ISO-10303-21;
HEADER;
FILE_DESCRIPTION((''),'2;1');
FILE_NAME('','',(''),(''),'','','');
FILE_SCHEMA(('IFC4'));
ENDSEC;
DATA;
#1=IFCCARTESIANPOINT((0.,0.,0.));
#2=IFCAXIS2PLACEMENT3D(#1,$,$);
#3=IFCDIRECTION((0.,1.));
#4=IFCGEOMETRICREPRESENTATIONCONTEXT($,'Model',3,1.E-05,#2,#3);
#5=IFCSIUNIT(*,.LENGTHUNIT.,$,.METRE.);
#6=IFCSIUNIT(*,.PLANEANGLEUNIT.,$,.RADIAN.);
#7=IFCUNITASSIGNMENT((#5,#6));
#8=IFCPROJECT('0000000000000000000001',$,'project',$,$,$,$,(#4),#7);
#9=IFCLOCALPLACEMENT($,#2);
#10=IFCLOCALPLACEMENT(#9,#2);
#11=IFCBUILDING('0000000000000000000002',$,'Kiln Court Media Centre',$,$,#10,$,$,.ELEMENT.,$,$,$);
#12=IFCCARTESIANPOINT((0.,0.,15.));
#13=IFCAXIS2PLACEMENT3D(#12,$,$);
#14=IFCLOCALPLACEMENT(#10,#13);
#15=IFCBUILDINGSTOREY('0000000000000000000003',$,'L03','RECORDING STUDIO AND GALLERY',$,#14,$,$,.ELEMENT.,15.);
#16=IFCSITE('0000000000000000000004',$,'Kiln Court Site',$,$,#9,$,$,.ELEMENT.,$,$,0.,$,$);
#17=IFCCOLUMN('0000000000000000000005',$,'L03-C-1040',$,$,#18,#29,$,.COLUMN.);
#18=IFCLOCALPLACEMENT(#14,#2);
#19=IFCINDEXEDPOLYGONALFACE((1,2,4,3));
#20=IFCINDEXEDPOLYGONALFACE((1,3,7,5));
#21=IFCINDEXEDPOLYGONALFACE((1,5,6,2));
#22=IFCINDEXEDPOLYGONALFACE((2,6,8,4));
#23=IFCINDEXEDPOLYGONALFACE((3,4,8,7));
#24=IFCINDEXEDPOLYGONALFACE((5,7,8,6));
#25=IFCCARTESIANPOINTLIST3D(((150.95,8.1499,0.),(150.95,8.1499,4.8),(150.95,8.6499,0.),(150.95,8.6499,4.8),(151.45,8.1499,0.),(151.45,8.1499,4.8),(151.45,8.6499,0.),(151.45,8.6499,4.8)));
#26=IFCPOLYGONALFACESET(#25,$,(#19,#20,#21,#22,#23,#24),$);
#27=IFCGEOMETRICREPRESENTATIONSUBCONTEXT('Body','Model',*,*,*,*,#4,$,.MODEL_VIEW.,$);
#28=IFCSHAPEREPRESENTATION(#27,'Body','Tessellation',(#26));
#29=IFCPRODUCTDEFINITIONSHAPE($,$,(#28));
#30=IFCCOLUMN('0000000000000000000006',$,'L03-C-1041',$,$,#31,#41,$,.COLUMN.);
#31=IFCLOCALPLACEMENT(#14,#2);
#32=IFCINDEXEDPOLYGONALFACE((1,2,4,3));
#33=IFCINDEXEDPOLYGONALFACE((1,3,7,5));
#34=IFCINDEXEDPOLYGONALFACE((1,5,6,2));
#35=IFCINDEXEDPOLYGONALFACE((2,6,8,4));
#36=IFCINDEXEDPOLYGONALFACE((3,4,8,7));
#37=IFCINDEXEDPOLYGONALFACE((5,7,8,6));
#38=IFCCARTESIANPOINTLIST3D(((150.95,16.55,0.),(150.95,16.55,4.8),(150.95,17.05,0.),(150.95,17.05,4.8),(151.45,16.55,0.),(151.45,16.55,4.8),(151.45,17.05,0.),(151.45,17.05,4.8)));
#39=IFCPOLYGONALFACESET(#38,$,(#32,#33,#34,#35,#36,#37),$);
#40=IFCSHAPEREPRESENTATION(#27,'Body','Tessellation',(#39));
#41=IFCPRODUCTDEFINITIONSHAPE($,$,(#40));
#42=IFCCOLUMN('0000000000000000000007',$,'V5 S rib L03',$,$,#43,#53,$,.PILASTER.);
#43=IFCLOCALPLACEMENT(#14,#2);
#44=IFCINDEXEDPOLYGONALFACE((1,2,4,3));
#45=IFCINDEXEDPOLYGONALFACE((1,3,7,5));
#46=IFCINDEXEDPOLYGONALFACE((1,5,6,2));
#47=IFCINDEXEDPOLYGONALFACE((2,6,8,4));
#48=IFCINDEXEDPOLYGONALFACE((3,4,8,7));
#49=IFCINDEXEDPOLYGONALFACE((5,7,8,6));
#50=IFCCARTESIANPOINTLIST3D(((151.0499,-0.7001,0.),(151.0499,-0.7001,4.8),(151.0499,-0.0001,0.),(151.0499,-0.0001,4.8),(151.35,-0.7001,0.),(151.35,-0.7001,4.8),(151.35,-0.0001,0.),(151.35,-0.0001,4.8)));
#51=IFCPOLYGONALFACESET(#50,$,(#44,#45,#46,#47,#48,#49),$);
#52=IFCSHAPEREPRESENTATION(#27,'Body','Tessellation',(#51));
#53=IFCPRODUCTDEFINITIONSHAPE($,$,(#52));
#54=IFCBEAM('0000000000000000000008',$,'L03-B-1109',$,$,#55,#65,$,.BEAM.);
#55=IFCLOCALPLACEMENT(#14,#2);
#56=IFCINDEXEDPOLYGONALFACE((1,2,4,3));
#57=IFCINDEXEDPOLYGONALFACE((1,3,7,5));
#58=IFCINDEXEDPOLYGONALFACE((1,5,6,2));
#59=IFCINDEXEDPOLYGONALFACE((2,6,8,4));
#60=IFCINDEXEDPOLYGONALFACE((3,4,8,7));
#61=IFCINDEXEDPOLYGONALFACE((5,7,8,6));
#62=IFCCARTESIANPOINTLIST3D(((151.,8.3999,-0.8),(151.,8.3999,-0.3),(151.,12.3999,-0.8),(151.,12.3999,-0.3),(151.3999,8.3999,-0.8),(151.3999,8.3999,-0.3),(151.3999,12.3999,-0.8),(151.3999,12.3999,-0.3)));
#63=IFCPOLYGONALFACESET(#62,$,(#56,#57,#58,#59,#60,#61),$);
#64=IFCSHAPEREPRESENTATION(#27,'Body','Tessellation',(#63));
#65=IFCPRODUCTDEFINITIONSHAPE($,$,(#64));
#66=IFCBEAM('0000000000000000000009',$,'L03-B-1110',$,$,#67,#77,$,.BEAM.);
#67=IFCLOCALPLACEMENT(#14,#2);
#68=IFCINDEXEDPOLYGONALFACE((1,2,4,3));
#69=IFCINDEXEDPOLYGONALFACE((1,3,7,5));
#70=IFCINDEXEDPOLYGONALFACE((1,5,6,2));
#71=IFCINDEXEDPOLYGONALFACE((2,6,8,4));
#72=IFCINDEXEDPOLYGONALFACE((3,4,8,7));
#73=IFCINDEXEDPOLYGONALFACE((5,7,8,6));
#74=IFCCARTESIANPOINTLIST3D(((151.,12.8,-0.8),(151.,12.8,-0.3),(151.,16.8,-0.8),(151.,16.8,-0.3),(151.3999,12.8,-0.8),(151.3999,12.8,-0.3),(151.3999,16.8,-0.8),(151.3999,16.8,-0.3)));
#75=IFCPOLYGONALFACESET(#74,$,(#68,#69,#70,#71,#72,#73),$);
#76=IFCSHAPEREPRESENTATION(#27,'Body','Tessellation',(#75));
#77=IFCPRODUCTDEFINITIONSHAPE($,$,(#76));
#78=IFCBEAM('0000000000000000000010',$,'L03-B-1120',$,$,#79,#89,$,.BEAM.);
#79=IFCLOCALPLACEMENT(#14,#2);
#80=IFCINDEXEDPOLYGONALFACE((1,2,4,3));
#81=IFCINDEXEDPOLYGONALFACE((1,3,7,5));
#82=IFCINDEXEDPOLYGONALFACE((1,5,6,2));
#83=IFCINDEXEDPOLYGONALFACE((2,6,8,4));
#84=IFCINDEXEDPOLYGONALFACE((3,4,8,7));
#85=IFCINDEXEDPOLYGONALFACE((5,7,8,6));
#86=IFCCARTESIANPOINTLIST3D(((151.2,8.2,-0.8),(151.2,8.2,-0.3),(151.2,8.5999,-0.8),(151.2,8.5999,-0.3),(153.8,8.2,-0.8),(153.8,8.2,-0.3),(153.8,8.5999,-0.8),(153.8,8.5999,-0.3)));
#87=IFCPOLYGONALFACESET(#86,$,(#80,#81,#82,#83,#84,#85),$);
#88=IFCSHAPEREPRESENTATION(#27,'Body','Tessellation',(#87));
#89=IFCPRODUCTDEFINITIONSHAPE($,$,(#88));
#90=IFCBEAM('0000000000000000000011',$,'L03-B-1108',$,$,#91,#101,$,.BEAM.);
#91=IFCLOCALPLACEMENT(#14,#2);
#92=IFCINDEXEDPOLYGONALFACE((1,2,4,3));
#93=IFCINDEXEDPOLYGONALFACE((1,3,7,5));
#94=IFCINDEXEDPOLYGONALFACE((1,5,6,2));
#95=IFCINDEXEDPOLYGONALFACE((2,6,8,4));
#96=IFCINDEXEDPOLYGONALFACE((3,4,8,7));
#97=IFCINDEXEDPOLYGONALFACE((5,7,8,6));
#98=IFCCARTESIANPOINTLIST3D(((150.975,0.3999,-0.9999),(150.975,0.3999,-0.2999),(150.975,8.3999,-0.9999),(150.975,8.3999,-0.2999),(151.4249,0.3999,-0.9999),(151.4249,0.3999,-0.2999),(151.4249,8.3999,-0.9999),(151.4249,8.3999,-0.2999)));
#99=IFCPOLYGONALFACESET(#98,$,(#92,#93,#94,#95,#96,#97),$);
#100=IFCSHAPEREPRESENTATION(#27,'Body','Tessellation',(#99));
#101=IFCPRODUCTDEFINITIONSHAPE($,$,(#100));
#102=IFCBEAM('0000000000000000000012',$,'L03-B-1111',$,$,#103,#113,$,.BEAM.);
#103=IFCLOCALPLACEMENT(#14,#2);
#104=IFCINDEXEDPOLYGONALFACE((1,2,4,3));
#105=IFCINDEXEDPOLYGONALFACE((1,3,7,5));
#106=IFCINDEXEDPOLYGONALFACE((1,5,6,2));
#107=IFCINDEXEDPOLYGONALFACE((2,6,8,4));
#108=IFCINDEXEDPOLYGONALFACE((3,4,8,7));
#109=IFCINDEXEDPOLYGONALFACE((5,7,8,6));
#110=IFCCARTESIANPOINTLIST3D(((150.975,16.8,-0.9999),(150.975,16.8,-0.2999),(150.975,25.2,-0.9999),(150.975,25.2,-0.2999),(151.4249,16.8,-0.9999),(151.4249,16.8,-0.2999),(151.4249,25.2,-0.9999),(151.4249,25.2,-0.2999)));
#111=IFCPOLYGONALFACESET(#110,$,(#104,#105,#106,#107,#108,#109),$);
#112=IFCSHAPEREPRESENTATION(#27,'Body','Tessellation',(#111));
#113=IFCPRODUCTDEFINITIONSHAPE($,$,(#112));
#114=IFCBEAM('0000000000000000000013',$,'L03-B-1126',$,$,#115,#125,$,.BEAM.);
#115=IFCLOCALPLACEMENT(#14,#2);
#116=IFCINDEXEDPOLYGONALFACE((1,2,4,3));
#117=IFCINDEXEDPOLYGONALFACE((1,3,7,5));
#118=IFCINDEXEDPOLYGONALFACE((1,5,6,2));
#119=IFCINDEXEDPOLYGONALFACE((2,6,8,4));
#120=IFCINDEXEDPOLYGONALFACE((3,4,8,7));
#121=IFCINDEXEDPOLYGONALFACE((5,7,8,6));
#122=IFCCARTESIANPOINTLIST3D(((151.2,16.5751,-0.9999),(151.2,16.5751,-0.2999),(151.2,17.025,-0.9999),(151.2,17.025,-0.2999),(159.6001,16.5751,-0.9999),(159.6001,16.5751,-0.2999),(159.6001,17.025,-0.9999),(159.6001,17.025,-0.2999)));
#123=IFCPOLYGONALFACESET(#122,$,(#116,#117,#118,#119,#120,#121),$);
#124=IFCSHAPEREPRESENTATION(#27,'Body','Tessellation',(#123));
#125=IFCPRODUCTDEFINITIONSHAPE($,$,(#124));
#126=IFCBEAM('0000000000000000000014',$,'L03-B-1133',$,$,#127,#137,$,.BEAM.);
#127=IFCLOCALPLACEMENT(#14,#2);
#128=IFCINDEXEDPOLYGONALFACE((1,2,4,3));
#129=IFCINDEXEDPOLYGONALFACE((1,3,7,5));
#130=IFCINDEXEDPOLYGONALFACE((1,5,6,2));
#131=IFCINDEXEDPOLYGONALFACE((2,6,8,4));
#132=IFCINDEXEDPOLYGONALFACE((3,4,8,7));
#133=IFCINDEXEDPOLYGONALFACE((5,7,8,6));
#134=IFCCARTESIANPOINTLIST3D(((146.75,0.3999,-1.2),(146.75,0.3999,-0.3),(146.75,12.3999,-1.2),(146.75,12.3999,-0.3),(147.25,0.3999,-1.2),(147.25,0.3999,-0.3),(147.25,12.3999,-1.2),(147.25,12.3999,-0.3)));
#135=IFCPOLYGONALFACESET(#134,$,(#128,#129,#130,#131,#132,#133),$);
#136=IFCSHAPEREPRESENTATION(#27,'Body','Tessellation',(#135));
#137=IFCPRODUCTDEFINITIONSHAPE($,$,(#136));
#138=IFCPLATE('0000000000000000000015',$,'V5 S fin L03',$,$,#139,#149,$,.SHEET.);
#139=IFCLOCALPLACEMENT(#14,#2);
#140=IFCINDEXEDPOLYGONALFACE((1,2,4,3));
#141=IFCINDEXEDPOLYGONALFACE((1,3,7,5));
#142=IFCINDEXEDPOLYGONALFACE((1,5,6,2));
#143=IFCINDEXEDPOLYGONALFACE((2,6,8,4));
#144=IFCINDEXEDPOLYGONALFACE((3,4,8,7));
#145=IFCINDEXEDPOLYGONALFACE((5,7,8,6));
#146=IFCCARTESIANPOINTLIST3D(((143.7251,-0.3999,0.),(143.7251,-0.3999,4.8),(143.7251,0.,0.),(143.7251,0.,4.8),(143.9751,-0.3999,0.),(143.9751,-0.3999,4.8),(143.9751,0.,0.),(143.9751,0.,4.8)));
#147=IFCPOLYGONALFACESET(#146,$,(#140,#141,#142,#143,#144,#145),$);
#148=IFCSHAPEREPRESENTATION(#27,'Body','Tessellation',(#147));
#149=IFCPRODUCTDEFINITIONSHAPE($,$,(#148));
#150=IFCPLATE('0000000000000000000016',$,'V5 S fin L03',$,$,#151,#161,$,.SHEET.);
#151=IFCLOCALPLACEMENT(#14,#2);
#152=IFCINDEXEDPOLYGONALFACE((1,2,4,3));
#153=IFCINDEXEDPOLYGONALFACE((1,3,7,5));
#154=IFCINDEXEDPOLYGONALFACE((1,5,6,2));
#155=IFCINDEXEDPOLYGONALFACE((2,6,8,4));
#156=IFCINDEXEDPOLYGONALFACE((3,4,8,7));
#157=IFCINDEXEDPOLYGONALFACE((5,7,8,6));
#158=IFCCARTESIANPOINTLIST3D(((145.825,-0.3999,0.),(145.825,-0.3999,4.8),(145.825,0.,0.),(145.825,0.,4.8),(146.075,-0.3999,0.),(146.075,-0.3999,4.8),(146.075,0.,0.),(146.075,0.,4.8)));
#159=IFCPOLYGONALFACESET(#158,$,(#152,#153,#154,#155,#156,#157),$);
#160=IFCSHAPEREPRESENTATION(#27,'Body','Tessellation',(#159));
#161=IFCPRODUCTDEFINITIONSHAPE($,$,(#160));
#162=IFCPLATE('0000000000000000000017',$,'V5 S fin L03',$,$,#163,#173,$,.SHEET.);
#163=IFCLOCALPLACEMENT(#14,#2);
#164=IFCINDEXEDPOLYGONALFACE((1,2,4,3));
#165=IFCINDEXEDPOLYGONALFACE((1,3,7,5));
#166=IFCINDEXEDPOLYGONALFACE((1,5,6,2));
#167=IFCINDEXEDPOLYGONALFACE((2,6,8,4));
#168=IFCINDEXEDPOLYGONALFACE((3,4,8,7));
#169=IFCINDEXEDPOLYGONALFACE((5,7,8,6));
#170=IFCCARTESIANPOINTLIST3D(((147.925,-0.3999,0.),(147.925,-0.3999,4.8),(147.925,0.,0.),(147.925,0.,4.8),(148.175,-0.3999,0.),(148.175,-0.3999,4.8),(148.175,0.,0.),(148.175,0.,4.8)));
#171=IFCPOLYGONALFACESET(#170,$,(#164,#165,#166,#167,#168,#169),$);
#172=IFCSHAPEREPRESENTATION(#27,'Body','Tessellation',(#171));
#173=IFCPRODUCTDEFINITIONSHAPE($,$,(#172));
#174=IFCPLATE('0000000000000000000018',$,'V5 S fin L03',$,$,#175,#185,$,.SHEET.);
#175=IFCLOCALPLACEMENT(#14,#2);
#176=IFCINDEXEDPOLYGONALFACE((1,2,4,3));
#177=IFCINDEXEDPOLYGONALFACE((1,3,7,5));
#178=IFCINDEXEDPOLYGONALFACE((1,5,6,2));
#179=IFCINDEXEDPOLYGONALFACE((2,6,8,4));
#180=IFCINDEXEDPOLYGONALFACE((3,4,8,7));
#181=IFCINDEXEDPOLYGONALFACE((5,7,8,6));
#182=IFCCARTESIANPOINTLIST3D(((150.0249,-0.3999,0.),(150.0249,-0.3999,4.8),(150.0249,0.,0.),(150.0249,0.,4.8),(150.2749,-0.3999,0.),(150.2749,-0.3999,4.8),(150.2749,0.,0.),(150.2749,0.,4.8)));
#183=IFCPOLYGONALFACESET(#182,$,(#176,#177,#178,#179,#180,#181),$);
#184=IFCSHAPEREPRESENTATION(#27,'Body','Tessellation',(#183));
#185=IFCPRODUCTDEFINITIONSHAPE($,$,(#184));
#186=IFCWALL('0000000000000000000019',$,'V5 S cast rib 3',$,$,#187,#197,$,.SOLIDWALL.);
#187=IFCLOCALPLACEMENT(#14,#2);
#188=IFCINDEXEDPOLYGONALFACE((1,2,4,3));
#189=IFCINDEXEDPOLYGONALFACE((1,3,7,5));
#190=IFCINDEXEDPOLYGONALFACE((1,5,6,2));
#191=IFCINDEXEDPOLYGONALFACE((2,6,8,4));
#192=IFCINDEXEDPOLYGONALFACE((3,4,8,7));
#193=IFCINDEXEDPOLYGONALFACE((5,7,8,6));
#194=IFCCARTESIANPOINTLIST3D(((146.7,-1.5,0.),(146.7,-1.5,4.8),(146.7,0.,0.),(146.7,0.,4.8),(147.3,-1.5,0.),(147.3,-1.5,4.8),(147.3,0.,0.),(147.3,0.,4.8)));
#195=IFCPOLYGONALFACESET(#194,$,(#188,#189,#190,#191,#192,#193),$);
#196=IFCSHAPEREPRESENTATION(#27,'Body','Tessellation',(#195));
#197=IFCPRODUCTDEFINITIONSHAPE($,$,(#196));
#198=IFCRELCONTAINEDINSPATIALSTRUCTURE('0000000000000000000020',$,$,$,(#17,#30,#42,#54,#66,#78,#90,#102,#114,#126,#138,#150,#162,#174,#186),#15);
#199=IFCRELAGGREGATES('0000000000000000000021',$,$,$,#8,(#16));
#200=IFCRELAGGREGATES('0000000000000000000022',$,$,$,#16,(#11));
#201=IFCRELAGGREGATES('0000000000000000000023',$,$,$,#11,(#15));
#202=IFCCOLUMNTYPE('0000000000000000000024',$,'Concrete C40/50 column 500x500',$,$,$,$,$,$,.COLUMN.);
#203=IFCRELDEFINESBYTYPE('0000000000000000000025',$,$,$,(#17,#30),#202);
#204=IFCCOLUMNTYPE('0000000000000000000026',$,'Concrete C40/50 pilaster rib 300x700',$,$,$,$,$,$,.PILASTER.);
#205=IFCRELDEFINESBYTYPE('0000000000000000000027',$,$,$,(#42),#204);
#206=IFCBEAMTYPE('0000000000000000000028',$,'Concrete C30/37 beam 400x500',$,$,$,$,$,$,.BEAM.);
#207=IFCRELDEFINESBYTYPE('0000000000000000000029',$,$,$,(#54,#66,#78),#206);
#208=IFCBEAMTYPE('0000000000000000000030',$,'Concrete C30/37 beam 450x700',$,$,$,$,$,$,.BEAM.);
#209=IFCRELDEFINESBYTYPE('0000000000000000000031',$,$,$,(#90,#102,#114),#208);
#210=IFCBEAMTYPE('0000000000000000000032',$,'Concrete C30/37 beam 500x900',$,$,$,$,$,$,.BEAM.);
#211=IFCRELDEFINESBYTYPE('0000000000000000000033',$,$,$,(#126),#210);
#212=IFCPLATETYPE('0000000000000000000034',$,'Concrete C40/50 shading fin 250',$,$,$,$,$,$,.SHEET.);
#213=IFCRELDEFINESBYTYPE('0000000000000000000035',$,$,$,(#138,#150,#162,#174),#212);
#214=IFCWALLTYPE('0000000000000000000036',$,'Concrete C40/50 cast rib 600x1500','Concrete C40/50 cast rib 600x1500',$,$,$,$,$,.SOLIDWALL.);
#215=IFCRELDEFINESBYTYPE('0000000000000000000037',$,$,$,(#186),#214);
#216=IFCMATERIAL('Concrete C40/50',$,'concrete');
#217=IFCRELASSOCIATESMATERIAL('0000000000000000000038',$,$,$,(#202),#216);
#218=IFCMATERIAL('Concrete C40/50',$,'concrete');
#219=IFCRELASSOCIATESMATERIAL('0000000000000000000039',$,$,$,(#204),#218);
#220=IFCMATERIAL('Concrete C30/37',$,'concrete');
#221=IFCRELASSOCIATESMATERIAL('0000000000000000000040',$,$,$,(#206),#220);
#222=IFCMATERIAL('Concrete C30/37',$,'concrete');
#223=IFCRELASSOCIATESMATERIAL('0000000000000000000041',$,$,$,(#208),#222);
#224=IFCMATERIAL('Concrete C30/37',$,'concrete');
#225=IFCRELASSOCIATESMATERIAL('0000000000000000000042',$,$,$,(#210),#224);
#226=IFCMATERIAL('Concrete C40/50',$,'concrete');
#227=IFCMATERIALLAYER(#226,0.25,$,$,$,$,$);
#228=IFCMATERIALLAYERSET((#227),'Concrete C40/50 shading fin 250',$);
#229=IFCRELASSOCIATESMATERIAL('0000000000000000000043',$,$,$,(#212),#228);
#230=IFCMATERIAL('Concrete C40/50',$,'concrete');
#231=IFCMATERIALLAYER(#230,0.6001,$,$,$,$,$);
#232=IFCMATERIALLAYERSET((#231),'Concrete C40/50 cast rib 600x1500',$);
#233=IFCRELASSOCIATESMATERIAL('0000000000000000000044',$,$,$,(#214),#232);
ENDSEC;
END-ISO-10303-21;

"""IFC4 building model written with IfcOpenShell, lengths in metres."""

from ifc_helpers import new_model, si_unit, direction, frame, frame_2d, origin, origin_2d, place, context, subcontext, project, spatial, rectangle, extrude, material, layer, layer_set, material_profile, profile_set, type_object, element, save


model = new_model("IFC4")

# Units and contexts
model_context = context("Model", 3, precision=1e-05, world=origin(), true_north=direction((0.0, 1.0)))
body_context = subcontext(model_context, "Body", "Model", "MODEL_VIEW")
ifc_project = project(units=[si_unit("LENGTHUNIT", "METRE"), si_unit("PLANEANGLEUNIT", "RADIAN")], contexts=[model_context])

# Site, building, storey
site_placement = place(None, origin())
site = spatial("IfcSite", under=ifc_project, at=site_placement, Name="Kiln Court Site", CompositionType="ELEMENT", RefElevation=0.0)
building_placement = place(site_placement, origin())
building = spatial("IfcBuilding", under=site, at=building_placement, Name="Kiln Court Media Centre", CompositionType="ELEMENT")
storey_placement = place(building_placement, frame((0.0, 0.0, 15.0)))
storey = spatial("IfcBuildingStorey", under=building, at=storey_placement, Name="L03", Description="RECORDING STUDIO AND GALLERY", CompositionType="ELEMENT", Elevation=15.0)

# Columns
ifc_material_1 = material(Name="Concrete C40/50", Category="concrete")
ifc_material_profile_1 = material_profile(ifc_material_1, rectangle(XDim=0.5, YDim=0.5, at=origin_2d()), Name="RC 500x500")
ifc_profile_set_1 = profile_set([ifc_material_profile_1], Name="Concrete C40/50")
column_type_1 = type_object("IfcColumnType", Name="Concrete C40/50 column 500x500", PredefinedType="COLUMN", material=ifc_profile_set_1)
for number, where, z_axis, x_axis, name in (
    (1, (151.2, 8.3999, 0.0), (0.0, 0.0, 1.0), (1.0, 0.0, 0.0), "L03-C-1040"),
    (2, (151.2, 16.8, 0.0), (0.0, 0.0, 1.0), (1.0, 0.0, 0.0), "L03-C-1041"),
):
    element("IfcColumn", number, at=place(storey_placement, frame(where, z_axis=z_axis, x_axis=x_axis)), inside=storey, type_object=column_type_1, Name=name, PredefinedType="COLUMN", context=body_context, shape_type="SweptSolid", body=[
        extrude(rectangle(XDim=0.5, YDim=0.5, at=origin_2d()), origin(), (0.0, 0.0, 1.0), 4.8),
    ])
ifc_material_2 = material(Name="Concrete C40/50", Category="concrete")
ifc_material_profile_2 = material_profile(ifc_material_2, rectangle(XDim=0.3, YDim=0.7, at=origin_2d()), Name="RC 300x700")
ifc_profile_set_2 = profile_set([ifc_material_profile_2], Name="Concrete C40/50")
column_type_2 = type_object("IfcColumnType", Name="Concrete C40/50 pilaster rib 300x700", PredefinedType="PILASTER", material=ifc_profile_set_2)
column_placement = place(storey_placement, frame((151.2, -0.3501, 0.0), z_axis=(0.0, 0.0, 1.0), x_axis=(1.0, 0.0, 0.0)))
element("IfcColumn", 3, at=column_placement, inside=storey, type_object=column_type_2, Name="V5 S rib L03", PredefinedType="PILASTER", context=body_context, shape_type="SweptSolid", body=[
    extrude(rectangle(XDim=0.3, YDim=0.7, at=origin_2d()), origin(), (0.0, 0.0, 1.0), 4.8),
])

# Beams
ifc_material_3 = material(Name="Concrete C30/37", Category="concrete")
ifc_material_profile_3 = material_profile(ifc_material_3, rectangle(XDim=0.3999, YDim=0.5, at=origin_2d()), Name="RC 400x500")
ifc_profile_set_3 = profile_set([ifc_material_profile_3], Name="Concrete C30/37")
beam_type_1 = type_object("IfcBeamType", Name="Concrete C30/37 beam 400x500", PredefinedType="BEAM", material=ifc_profile_set_3)
for number, where, z_axis, x_axis, name in (
    (4, (151.2, 8.3999, -0.55), (0.0, 1.0, 0.0), (-1.0, 0.0, 0.0), "L03-B-1109"),
    (5, (151.2, 12.8, -0.55), (0.0, 1.0, 0.0), (-1.0, 0.0, 0.0), "L03-B-1110"),
):
    element("IfcBeam", number, at=place(storey_placement, frame(where, z_axis=z_axis, x_axis=x_axis)), inside=storey, type_object=beam_type_1, Name=name, PredefinedType="BEAM", context=body_context, shape_type="SweptSolid", body=[
        extrude(rectangle(XDim=0.3999, YDim=0.5, at=origin_2d()), origin(), (0.0, 0.0, 1.0), 4.0),
    ])
beam_1_placement = place(storey_placement, frame((151.2, 8.3999, -0.55), z_axis=(1.0, 0.0, 0.0), x_axis=(0.0, 1.0, 0.0)))
element("IfcBeam", 6, at=beam_1_placement, inside=storey, type_object=beam_type_1, Name="L03-B-1120", PredefinedType="BEAM", context=body_context, shape_type="SweptSolid", body=[
    extrude(rectangle(XDim=0.3999, YDim=0.5, at=origin_2d()), origin(), (0.0, 0.0, 1.0), 2.6001),
])
ifc_material_4 = material(Name="Concrete C30/37", Category="concrete")
ifc_material_profile_4 = material_profile(ifc_material_4, rectangle(XDim=0.45, YDim=0.7, at=origin_2d()), Name="RC 450x700")
ifc_profile_set_4 = profile_set([ifc_material_profile_4], Name="Concrete C30/37")
beam_type_2 = type_object("IfcBeamType", Name="Concrete C30/37 beam 450x700", PredefinedType="BEAM", material=ifc_profile_set_4)
beam_2_placement = place(storey_placement, frame((151.2, 0.3999, -0.6499), z_axis=(0.0, 1.0, 0.0), x_axis=(-1.0, 0.0, 0.0)))
element("IfcBeam", 7, at=beam_2_placement, inside=storey, type_object=beam_type_2, Name="L03-B-1108", PredefinedType="BEAM", context=body_context, shape_type="SweptSolid", body=[
    extrude(rectangle(XDim=0.45, YDim=0.7, at=origin_2d()), origin(), (0.0, 0.0, 1.0), 8.0),
])
beam_3_placement = place(storey_placement, frame((151.2, 16.8, -0.6499), z_axis=(0.0, 1.0, 0.0), x_axis=(-1.0, 0.0, 0.0)))
element("IfcBeam", 8, at=beam_3_placement, inside=storey, type_object=beam_type_2, Name="L03-B-1111", PredefinedType="BEAM", context=body_context, shape_type="SweptSolid", body=[
    extrude(rectangle(XDim=0.45, YDim=0.7, at=origin_2d()), origin(), (0.0, 0.0, 1.0), 8.3999),
])
beam_4_placement = place(storey_placement, frame((151.2, 16.8, -0.6499), z_axis=(1.0, 0.0, 0.0), x_axis=(0.0, 1.0, 0.0)))
element("IfcBeam", 9, at=beam_4_placement, inside=storey, type_object=beam_type_2, Name="L03-B-1126", PredefinedType="BEAM", context=body_context, shape_type="SweptSolid", body=[
    extrude(rectangle(XDim=0.45, YDim=0.7, at=origin_2d()), origin(), (0.0, 0.0, 1.0), 8.4001),
])
ifc_material_5 = material(Name="Concrete C30/37", Category="concrete")
ifc_material_profile_5 = material_profile(ifc_material_5, rectangle(XDim=0.5, YDim=0.8999, at=origin_2d()), Name="RC 500x900")
ifc_profile_set_5 = profile_set([ifc_material_profile_5], Name="Concrete C30/37")
beam_type_3 = type_object("IfcBeamType", Name="Concrete C30/37 beam 500x900", PredefinedType="BEAM", material=ifc_profile_set_5)
beam_5_placement = place(storey_placement, frame((147.0, 12.3999, -0.75), z_axis=(0.0, -1.0, 0.0), x_axis=(1.0, 0.0, 0.0)))
element("IfcBeam", 10, at=beam_5_placement, inside=storey, type_object=beam_type_3, Name="L03-B-1133", PredefinedType="BEAM", context=body_context, shape_type="SweptSolid", body=[
    extrude(rectangle(XDim=0.5, YDim=0.8999, at=origin_2d()), origin(), (0.0, 0.0, 1.0), 12.0),
])

# Plates
ifc_material_6 = material(Name="Concrete C40/50", Category="concrete")
ifc_layer_1 = layer(ifc_material_6, 0.25)
ifc_layer_set_1 = layer_set([ifc_layer_1], Name="Concrete C40/50 shading fin 250")
plate_type = type_object("IfcPlateType", Name="Concrete C40/50 shading fin 250", PredefinedType="SHEET", material=ifc_layer_set_1)
for number, where, z_axis, x_axis, name in (
    (11, (143.8501, -0.2, 0.0), (0.0, 0.0, 1.0), (1.0, 0.0, 0.0), "V5 S fin L03"),
    (12, (145.95, -0.2, 0.0), (0.0, 0.0, 1.0), (1.0, 0.0, 0.0), "V5 S fin L03"),
    (13, (148.05, -0.2, 0.0), (0.0, 0.0, 1.0), (1.0, 0.0, 0.0), "V5 S fin L03"),
    (14, (150.1499, -0.2, 0.0), (0.0, 0.0, 1.0), (1.0, 0.0, 0.0), "V5 S fin L03"),
):
    element("IfcPlate", number, at=place(storey_placement, frame(where, z_axis=z_axis, x_axis=x_axis)), inside=storey, type_object=plate_type, Name=name, PredefinedType="SHEET", context=body_context, shape_type="SweptSolid", body=[
        extrude(rectangle(XDim=0.25, YDim=0.3999, at=origin_2d()), origin(), (0.0, 0.0, 1.0), 4.8),
    ])

# Wall
ifc_material_7 = material(Name="Concrete C40/50", Category="concrete")
ifc_layer_2 = layer(ifc_material_7, 0.6001)
ifc_layer_set_2 = layer_set([ifc_layer_2], Name="Concrete C40/50 cast rib 600x1500")
wall_type_1 = type_object("IfcWallType", Name="Concrete C40/50 cast rib 600x1500", Description="Concrete C40/50 cast rib 600x1500", PredefinedType="SOLIDWALL", material=ifc_layer_set_2)
wall_1_placement = place(storey_placement, frame((147.0, 0.0, 0.0), z_axis=(0.0, 0.0, 1.0), x_axis=(0.0, -1.0, 0.0)))
element("IfcWall", 15, at=wall_1_placement, inside=storey, type_object=wall_type_1, Name="V5 S cast rib 3", PredefinedType="SOLIDWALL", context=body_context, shape_type="SweptSolid", body=[
    extrude(rectangle(XDim=1.5, YDim=0.6001, at=frame_2d((0.75, 0.0))), origin(), (0.0, 0.0, 1.0), 4.8),
])

save(model, "model.ifc")
